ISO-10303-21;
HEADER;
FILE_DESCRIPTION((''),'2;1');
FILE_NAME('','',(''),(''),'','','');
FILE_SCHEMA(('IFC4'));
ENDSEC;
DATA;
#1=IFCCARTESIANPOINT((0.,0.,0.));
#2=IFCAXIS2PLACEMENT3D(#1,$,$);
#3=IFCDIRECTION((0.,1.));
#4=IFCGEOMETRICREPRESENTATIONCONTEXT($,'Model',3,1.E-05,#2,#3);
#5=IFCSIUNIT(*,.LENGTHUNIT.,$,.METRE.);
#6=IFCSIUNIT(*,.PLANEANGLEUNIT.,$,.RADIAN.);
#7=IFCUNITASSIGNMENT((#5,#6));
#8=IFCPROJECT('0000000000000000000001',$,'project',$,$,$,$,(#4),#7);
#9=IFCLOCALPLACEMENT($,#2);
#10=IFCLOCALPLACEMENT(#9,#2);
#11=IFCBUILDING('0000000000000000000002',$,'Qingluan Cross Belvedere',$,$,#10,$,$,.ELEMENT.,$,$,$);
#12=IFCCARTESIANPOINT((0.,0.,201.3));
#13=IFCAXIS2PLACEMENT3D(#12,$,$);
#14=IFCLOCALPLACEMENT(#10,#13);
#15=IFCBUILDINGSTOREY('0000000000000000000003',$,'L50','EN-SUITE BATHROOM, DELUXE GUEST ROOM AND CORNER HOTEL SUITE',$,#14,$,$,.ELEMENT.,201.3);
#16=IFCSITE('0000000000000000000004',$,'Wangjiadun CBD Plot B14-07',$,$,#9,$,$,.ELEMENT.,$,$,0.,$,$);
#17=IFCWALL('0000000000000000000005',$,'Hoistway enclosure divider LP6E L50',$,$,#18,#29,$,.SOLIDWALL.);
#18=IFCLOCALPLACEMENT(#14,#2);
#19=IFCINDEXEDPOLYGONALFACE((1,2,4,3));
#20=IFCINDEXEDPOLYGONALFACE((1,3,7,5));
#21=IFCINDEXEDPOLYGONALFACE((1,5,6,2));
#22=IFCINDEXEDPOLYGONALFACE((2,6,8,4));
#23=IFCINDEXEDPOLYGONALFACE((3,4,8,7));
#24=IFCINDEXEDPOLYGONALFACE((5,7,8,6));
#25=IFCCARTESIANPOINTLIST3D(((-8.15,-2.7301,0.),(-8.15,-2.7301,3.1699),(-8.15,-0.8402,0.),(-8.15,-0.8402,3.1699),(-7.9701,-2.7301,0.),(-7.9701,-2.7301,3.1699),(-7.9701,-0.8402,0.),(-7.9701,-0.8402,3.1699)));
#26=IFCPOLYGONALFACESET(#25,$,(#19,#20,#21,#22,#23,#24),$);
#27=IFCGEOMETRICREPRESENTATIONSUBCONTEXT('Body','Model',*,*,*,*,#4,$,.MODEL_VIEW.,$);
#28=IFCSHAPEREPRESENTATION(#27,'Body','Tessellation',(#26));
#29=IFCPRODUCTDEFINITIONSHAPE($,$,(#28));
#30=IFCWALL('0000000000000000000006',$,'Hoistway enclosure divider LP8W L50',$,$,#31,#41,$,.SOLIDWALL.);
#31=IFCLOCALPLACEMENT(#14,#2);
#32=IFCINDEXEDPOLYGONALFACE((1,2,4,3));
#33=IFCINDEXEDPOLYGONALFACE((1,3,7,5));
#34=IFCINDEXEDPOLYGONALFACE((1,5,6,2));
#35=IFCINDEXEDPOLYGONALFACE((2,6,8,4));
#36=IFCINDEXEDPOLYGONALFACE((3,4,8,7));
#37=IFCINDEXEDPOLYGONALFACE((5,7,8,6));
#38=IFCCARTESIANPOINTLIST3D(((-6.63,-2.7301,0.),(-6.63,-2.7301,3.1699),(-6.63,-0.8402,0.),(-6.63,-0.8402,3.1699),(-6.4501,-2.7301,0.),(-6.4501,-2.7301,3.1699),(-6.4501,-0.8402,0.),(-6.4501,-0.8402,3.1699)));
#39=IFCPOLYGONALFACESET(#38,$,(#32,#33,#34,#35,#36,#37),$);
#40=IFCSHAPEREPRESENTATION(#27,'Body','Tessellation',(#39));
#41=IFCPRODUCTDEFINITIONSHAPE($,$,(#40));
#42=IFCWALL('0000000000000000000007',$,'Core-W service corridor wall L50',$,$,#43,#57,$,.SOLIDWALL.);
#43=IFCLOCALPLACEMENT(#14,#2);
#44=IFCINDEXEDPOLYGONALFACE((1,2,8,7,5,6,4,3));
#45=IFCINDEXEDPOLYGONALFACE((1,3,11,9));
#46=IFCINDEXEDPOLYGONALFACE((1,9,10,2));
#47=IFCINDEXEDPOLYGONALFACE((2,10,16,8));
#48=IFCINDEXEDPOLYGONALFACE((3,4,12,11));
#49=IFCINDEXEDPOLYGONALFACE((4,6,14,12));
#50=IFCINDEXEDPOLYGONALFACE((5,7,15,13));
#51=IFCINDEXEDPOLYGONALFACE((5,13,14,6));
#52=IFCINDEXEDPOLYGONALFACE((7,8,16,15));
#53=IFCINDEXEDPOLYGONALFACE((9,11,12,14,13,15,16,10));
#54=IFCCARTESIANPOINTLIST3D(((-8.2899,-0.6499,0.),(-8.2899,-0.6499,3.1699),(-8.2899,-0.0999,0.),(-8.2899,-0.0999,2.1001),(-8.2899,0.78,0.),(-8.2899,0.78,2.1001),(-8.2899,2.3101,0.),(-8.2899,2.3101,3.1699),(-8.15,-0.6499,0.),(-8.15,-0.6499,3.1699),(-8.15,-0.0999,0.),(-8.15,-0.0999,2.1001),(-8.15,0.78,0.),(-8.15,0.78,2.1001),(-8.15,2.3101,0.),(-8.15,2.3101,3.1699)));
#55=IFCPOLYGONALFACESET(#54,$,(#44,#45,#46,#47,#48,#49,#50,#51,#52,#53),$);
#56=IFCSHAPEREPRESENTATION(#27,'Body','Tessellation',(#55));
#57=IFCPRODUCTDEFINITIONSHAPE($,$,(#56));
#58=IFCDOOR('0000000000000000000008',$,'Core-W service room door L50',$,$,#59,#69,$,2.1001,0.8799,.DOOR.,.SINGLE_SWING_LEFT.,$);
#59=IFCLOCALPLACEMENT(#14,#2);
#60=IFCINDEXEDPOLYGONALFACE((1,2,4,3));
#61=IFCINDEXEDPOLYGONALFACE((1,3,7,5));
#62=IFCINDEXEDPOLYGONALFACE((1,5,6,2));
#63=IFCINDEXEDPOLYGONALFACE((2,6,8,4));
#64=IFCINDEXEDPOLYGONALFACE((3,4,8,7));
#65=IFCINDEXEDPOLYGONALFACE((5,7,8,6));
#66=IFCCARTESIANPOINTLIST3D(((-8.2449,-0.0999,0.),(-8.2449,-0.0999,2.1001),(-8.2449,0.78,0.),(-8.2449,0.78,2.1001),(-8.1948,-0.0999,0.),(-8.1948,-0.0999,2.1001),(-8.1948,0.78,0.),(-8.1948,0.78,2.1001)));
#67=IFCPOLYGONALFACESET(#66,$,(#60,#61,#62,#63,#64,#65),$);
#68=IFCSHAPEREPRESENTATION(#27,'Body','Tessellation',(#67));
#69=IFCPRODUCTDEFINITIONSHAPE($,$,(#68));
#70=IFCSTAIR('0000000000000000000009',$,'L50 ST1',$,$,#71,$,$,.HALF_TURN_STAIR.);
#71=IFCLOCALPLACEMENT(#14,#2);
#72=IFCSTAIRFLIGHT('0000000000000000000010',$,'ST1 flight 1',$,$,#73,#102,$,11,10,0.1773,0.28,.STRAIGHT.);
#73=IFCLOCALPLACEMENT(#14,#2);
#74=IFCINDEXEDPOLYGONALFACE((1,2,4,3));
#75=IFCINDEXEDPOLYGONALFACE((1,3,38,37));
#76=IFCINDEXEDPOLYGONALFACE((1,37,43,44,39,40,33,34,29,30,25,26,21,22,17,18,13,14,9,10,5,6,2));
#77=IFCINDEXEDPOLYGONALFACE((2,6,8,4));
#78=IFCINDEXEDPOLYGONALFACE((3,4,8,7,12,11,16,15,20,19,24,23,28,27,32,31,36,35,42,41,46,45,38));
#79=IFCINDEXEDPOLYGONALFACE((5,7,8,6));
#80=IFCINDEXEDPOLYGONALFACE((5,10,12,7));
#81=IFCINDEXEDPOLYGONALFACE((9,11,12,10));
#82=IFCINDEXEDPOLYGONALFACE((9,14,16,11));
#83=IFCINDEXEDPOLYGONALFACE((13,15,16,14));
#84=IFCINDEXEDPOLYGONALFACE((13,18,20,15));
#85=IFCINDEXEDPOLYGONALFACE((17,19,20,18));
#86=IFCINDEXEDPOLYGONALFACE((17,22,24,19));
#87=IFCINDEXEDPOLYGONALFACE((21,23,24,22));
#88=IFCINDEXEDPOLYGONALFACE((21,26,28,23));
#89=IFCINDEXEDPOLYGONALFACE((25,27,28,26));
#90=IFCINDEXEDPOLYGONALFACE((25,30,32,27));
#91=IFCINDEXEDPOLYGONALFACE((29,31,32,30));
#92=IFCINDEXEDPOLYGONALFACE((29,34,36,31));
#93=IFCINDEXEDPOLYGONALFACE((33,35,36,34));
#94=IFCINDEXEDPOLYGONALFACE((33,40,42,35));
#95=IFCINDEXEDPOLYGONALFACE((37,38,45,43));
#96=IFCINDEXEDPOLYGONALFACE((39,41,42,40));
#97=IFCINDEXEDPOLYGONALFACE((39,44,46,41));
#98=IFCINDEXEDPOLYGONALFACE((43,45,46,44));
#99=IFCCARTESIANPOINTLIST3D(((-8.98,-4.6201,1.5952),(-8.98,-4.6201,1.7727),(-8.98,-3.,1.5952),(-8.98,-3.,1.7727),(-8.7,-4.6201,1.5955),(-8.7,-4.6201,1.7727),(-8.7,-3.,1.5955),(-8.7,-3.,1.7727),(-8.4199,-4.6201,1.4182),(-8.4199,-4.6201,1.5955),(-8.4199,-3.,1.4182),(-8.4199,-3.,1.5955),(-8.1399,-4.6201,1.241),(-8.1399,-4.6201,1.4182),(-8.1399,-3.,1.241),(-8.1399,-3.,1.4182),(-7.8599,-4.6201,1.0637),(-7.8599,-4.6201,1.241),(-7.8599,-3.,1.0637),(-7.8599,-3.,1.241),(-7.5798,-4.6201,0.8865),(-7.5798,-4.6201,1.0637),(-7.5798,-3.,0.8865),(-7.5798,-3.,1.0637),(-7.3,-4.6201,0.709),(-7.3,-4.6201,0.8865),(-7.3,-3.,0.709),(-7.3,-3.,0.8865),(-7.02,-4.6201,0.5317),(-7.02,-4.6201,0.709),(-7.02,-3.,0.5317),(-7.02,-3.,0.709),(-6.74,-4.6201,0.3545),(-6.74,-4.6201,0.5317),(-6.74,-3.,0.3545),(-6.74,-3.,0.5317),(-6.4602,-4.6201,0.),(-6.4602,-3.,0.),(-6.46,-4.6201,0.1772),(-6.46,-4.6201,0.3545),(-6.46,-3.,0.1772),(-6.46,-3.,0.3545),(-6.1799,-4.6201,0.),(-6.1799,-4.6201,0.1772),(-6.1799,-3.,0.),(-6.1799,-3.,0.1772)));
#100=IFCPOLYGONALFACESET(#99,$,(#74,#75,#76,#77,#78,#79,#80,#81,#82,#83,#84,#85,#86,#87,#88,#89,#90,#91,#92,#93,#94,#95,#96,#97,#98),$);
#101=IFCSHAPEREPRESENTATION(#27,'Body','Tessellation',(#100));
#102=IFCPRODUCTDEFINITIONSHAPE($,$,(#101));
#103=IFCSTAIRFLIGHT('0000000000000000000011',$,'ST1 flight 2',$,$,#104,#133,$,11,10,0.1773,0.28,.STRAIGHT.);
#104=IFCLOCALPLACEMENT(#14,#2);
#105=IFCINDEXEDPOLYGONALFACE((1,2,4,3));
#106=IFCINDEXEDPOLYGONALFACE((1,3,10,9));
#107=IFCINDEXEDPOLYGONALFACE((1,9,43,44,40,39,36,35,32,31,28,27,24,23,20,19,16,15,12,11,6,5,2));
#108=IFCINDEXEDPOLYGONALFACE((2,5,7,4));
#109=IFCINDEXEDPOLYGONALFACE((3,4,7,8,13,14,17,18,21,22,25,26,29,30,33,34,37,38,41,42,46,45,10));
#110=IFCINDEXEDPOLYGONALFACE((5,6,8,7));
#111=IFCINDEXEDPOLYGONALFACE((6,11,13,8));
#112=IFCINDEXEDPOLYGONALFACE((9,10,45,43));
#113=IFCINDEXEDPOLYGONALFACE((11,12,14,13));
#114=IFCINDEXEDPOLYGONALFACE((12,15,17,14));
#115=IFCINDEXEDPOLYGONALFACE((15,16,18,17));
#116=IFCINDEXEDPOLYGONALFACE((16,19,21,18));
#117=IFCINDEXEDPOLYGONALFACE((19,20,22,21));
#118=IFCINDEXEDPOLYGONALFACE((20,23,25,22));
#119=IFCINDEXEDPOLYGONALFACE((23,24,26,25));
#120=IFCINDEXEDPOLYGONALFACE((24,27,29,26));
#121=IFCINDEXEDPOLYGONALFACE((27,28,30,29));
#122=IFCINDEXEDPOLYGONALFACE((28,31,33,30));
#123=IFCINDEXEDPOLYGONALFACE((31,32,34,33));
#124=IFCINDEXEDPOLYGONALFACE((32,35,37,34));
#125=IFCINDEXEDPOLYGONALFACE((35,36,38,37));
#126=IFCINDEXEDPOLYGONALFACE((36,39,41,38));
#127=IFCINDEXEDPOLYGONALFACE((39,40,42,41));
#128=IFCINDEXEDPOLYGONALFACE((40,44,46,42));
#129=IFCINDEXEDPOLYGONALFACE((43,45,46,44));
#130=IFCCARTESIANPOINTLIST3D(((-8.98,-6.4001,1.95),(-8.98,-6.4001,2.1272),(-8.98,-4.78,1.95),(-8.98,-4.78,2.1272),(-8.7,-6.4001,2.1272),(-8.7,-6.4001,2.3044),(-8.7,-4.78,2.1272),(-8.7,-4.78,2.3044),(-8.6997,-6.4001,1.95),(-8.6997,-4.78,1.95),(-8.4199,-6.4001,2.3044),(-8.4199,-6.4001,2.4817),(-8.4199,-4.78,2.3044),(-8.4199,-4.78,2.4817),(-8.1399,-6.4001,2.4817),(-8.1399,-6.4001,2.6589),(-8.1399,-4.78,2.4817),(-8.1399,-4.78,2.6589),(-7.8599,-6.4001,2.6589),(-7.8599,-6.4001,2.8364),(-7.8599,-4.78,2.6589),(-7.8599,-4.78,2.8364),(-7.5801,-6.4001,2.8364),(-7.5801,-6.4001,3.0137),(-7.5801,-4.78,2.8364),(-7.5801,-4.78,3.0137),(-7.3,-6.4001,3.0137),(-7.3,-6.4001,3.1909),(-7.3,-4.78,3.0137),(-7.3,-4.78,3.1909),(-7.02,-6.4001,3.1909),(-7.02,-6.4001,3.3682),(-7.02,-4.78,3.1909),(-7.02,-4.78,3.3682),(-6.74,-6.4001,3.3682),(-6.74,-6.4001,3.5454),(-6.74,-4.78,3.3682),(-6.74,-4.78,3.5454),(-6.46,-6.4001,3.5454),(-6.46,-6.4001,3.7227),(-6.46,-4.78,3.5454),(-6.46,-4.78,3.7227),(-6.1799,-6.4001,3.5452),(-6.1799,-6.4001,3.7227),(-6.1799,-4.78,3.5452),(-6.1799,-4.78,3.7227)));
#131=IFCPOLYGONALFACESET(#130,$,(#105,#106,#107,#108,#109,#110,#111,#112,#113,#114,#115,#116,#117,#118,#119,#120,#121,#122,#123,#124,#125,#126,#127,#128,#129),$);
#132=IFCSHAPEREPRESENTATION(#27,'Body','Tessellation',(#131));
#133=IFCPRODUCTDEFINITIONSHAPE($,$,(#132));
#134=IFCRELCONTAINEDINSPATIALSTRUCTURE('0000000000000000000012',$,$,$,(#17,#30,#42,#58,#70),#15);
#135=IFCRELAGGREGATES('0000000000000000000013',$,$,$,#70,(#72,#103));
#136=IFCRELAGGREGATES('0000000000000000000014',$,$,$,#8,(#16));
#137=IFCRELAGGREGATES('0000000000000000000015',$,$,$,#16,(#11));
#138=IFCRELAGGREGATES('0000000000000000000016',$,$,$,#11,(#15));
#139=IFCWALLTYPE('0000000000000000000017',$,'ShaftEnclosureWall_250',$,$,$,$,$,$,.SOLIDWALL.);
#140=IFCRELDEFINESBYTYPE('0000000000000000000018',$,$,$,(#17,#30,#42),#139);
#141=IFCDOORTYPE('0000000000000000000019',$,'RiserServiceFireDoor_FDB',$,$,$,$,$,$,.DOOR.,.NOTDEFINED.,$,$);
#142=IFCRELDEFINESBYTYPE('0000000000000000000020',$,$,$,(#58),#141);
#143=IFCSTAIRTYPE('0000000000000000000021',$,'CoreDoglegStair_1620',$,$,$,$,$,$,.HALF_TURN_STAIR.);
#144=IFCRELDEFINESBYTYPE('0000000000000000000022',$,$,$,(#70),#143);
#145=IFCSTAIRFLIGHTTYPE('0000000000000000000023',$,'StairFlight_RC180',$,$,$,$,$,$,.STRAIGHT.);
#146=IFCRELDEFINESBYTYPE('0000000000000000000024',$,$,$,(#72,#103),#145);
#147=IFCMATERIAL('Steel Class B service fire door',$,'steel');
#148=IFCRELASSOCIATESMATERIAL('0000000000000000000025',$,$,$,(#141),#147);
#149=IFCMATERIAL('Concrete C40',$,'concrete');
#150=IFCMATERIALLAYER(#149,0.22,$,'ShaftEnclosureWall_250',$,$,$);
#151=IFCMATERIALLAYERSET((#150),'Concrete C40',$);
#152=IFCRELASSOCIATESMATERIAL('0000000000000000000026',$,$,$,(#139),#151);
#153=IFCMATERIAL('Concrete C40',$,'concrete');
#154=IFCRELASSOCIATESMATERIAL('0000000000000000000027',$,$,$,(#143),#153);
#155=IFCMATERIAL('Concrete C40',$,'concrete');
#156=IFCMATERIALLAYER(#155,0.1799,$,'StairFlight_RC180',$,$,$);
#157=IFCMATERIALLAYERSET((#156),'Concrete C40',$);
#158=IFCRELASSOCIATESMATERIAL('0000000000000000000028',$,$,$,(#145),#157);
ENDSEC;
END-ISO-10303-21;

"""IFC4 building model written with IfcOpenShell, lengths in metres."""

from ifc_helpers import new_model, si_unit, direction, frame, frame_2d, origin, place, context, subcontext, project, spatial, polyline, rectangle, outline, extrude, material, layer, layer_set, type_object, element, fill, aggregate, save


model = new_model("IFC4")

# Units and contexts
model_context = context("Model", 3, precision=1e-05, world=origin(), true_north=direction((0.0, 1.0)))
body_context = subcontext(model_context, "Body", "Model", "MODEL_VIEW")
ifc_project = project(units=[si_unit("LENGTHUNIT", "METRE"), si_unit("PLANEANGLEUNIT", "RADIAN")], contexts=[model_context])

# Site, building, storey
site_placement = place(None, origin())
site = spatial("IfcSite", under=ifc_project, at=site_placement, Name="Wangjiadun CBD Plot B14-07", CompositionType="ELEMENT", RefElevation=0.0)
building_placement = place(site_placement, origin())
building = spatial("IfcBuilding", under=site, at=building_placement, Name="Qingluan Cross Belvedere", CompositionType="ELEMENT")
storey_placement = place(building_placement, frame((0.0, 0.0, 201.3)))
storey = spatial("IfcBuildingStorey", under=building, at=storey_placement, Name="L50", Description="EN-SUITE BATHROOM, DELUXE GUEST ROOM AND CORNER HOTEL SUITE", CompositionType="ELEMENT", Elevation=201.3)

# Shared definitions
ifc_material_1 = material(Name="Steel Class B service fire door", Category="steel")
door_type_1 = type_object("IfcDoorType", Name="RiserServiceFireDoor_FDB", OperationType="NOTDEFINED", PredefinedType="DOOR", material=ifc_material_1)
ifc_material_2 = material(Name="Concrete C40", Category="concrete")
ifc_layer_1 = layer(ifc_material_2, 0.22, Name="ShaftEnclosureWall_250")
ifc_layer_set_1 = layer_set([ifc_layer_1], Name="Concrete C40")
wall_type_1 = type_object("IfcWallType", Name="ShaftEnclosureWall_250", PredefinedType="SOLIDWALL", material=ifc_layer_set_1)

# Walls
for number, where, z_axis, x_axis, name in (
    (1, (-8.0601, -2.73, 0.0), (0.0, 0.0, 1.0), (0.0, 1.0, 0.0), "Hoistway enclosure divider LP6E L50"),
    (2, (-6.54, -2.73, 0.0), (0.0, 0.0, 1.0), (0.0, 1.0, 0.0), "Hoistway enclosure divider LP8W L50"),
):
    element("IfcWall", number, at=place(storey_placement, frame(where, z_axis=z_axis, x_axis=x_axis)), inside=storey, type_object=wall_type_1, Name=name, PredefinedType="SOLIDWALL", context=body_context, shape_type="SweptSolid", body=[
        extrude(rectangle(XDim=1.8899, YDim=0.1799, at=frame_2d((0.9448, 0.0))), origin(), (0.0, 0.0, 1.0), 3.1699),
    ])

# Wall, opening, door
wall_1_placement = place(storey_placement, frame((-8.22, -0.6499, 0.0), z_axis=(0.0, 0.0, 1.0), x_axis=(0.0, 1.0, 0.0)))
wall_1 = element("IfcWall", 3, at=wall_1_placement, inside=storey, type_object=wall_type_1, Name="Core-W service corridor wall L50", PredefinedType="SOLIDWALL", context=body_context, shape_type="SweptSolid", body=[
    extrude(rectangle(XDim=2.96, YDim=0.1399, at=frame_2d((1.48, 0.0))), origin(), (0.0, 0.0, 1.0), 3.1699),
])
opening_1_placement = place(wall_1_placement, frame((0.55, 0.0, 0.0)))
opening_1 = element("IfcOpeningElement", 4, at=opening_1_placement, cuts=wall_1, PredefinedType="OPENING", context=body_context, shape_type="SweptSolid", body=[
    extrude(rectangle(XDim=0.8799, YDim=2.1001, at=frame_2d((0.4399, 1.05))), frame((0.0, 0.0798, 0.0), z_axis=(0.0, -1.0, 0.0), x_axis=(1.0, 0.0, 0.0)), (0.0, 0.0, 1.0), 0.1599),
])
door_1_placement = place(opening_1_placement, origin())
door_1 = element("IfcDoor", 5, at=door_1_placement, inside=storey, type_object=door_type_1, Name="Core-W service room door L50", OperationType="SINGLE_SWING_LEFT", OverallHeight=2.1001, OverallWidth=0.8799, PredefinedType="DOOR", context=body_context, shape_type="SweptSolid", body=[
    extrude(rectangle(XDim=0.8799, YDim=2.1001, at=frame_2d((0.4399, 1.05))), frame((0.0, 0.0249, 0.0), z_axis=(0.0, -1.0, 0.0), x_axis=(1.0, 0.0, 0.0)), (0.0, 0.0, 1.0), 0.05),
])
fill(opening_1, door_1)

# Stair, stair flights
ifc_material_3 = material(Name="Concrete C40", Category="concrete")
stair_type = type_object("IfcStairType", Name="CoreDoglegStair_1620", PredefinedType="HALF_TURN_STAIR", material=ifc_material_3)
stair_placement = place(storey_placement, origin())
stair = element("IfcStair", 6, at=stair_placement, inside=storey, type_object=stair_type, Name="L50 ST1", PredefinedType="HALF_TURN_STAIR")
ifc_material_4 = material(Name="Concrete C40", Category="concrete")
ifc_layer_2 = layer(ifc_material_4, 0.1799, Name="StairFlight_RC180")
ifc_layer_set_2 = layer_set([ifc_layer_2], Name="Concrete C40")
stair_flight_type = type_object("IfcStairFlightType", Name="StairFlight_RC180", PredefinedType="STRAIGHT", material=ifc_layer_set_2)
stair_flight_1_placement = place(storey_placement, frame((-6.1799, -3.8101, 0.0), z_axis=(0.0, 0.0, 1.0), x_axis=(-1.0, 0.0, 0.0)))
stair_flight_1 = element("IfcStairFlight", 7, at=stair_flight_1_placement, type_object=stair_flight_type, Name="ST1 flight 1", NumberOfRisers=11, NumberOfTreads=10, PredefinedType="STRAIGHT", RiserHeight=0.1773, TreadLength=0.28, context=body_context, shape_type="SweptSolid", body=[
    extrude(outline(polyline([(0.0, 0.0), (0.0, 0.1772), (0.28, 0.1772), (0.28, 0.3545), (0.5601, 0.3545), (0.5601, 0.5317), (0.8401, 0.5317), (0.8401, 0.709), (1.1201, 0.709), (1.1201, 0.8865), (1.3999, 0.8865), (1.3999, 1.0637), (1.6799, 1.0637), (1.6799, 1.241), (1.96, 1.241), (1.96, 1.4182), (2.24, 1.4182), (2.24, 1.5955), (2.52, 1.5955), (2.52, 1.7727), (2.8, 1.7727), (2.8, 1.95), (2.8, 1.5952), (0.2803, 0.0), (0.0, 0.0)])), frame((0.0, 0.8101, 0.0), z_axis=(0.0, -1.0, 0.0), x_axis=(1.0, 0.0, 0.0)), (0.0, 0.0, 1.0), 1.6201),
])
stair_flight_2_placement = place(storey_placement, frame((-8.98, -5.5901, 1.95), z_axis=(0.0, 0.0, 1.0), x_axis=(1.0, 0.0, 0.0)))
stair_flight_2 = element("IfcStairFlight", 8, at=stair_flight_2_placement, type_object=stair_flight_type, Name="ST1 flight 2", NumberOfRisers=11, NumberOfTreads=10, PredefinedType="STRAIGHT", RiserHeight=0.1773, TreadLength=0.28, context=body_context, shape_type="SweptSolid", body=[
    extrude(outline(polyline([(0.0, 0.0), (0.0, 0.1772), (0.28, 0.1772), (0.28, 0.3545), (0.5601, 0.3545), (0.5601, 0.5317), (0.8401, 0.5317), (0.8401, 0.709), (1.1201, 0.709), (1.1201, 0.8865), (1.3999, 0.8865), (1.3999, 1.0637), (1.6799, 1.0637), (1.6799, 1.241), (1.96, 1.241), (1.96, 1.4182), (2.24, 1.4182), (2.24, 1.5955), (2.52, 1.5955), (2.52, 1.7727), (2.8, 1.7727), (2.8, 1.95), (2.8, 1.5952), (0.2803, 0.0), (0.0, 0.0)])), frame((0.0, 0.8101, 0.0), z_axis=(0.0, -1.0, 0.0), x_axis=(1.0, 0.0, 0.0)), (0.0, 0.0, 1.0), 1.6201),
])
aggregate(stair, [stair_flight_1, stair_flight_2])

save(model, "model.ifc")
